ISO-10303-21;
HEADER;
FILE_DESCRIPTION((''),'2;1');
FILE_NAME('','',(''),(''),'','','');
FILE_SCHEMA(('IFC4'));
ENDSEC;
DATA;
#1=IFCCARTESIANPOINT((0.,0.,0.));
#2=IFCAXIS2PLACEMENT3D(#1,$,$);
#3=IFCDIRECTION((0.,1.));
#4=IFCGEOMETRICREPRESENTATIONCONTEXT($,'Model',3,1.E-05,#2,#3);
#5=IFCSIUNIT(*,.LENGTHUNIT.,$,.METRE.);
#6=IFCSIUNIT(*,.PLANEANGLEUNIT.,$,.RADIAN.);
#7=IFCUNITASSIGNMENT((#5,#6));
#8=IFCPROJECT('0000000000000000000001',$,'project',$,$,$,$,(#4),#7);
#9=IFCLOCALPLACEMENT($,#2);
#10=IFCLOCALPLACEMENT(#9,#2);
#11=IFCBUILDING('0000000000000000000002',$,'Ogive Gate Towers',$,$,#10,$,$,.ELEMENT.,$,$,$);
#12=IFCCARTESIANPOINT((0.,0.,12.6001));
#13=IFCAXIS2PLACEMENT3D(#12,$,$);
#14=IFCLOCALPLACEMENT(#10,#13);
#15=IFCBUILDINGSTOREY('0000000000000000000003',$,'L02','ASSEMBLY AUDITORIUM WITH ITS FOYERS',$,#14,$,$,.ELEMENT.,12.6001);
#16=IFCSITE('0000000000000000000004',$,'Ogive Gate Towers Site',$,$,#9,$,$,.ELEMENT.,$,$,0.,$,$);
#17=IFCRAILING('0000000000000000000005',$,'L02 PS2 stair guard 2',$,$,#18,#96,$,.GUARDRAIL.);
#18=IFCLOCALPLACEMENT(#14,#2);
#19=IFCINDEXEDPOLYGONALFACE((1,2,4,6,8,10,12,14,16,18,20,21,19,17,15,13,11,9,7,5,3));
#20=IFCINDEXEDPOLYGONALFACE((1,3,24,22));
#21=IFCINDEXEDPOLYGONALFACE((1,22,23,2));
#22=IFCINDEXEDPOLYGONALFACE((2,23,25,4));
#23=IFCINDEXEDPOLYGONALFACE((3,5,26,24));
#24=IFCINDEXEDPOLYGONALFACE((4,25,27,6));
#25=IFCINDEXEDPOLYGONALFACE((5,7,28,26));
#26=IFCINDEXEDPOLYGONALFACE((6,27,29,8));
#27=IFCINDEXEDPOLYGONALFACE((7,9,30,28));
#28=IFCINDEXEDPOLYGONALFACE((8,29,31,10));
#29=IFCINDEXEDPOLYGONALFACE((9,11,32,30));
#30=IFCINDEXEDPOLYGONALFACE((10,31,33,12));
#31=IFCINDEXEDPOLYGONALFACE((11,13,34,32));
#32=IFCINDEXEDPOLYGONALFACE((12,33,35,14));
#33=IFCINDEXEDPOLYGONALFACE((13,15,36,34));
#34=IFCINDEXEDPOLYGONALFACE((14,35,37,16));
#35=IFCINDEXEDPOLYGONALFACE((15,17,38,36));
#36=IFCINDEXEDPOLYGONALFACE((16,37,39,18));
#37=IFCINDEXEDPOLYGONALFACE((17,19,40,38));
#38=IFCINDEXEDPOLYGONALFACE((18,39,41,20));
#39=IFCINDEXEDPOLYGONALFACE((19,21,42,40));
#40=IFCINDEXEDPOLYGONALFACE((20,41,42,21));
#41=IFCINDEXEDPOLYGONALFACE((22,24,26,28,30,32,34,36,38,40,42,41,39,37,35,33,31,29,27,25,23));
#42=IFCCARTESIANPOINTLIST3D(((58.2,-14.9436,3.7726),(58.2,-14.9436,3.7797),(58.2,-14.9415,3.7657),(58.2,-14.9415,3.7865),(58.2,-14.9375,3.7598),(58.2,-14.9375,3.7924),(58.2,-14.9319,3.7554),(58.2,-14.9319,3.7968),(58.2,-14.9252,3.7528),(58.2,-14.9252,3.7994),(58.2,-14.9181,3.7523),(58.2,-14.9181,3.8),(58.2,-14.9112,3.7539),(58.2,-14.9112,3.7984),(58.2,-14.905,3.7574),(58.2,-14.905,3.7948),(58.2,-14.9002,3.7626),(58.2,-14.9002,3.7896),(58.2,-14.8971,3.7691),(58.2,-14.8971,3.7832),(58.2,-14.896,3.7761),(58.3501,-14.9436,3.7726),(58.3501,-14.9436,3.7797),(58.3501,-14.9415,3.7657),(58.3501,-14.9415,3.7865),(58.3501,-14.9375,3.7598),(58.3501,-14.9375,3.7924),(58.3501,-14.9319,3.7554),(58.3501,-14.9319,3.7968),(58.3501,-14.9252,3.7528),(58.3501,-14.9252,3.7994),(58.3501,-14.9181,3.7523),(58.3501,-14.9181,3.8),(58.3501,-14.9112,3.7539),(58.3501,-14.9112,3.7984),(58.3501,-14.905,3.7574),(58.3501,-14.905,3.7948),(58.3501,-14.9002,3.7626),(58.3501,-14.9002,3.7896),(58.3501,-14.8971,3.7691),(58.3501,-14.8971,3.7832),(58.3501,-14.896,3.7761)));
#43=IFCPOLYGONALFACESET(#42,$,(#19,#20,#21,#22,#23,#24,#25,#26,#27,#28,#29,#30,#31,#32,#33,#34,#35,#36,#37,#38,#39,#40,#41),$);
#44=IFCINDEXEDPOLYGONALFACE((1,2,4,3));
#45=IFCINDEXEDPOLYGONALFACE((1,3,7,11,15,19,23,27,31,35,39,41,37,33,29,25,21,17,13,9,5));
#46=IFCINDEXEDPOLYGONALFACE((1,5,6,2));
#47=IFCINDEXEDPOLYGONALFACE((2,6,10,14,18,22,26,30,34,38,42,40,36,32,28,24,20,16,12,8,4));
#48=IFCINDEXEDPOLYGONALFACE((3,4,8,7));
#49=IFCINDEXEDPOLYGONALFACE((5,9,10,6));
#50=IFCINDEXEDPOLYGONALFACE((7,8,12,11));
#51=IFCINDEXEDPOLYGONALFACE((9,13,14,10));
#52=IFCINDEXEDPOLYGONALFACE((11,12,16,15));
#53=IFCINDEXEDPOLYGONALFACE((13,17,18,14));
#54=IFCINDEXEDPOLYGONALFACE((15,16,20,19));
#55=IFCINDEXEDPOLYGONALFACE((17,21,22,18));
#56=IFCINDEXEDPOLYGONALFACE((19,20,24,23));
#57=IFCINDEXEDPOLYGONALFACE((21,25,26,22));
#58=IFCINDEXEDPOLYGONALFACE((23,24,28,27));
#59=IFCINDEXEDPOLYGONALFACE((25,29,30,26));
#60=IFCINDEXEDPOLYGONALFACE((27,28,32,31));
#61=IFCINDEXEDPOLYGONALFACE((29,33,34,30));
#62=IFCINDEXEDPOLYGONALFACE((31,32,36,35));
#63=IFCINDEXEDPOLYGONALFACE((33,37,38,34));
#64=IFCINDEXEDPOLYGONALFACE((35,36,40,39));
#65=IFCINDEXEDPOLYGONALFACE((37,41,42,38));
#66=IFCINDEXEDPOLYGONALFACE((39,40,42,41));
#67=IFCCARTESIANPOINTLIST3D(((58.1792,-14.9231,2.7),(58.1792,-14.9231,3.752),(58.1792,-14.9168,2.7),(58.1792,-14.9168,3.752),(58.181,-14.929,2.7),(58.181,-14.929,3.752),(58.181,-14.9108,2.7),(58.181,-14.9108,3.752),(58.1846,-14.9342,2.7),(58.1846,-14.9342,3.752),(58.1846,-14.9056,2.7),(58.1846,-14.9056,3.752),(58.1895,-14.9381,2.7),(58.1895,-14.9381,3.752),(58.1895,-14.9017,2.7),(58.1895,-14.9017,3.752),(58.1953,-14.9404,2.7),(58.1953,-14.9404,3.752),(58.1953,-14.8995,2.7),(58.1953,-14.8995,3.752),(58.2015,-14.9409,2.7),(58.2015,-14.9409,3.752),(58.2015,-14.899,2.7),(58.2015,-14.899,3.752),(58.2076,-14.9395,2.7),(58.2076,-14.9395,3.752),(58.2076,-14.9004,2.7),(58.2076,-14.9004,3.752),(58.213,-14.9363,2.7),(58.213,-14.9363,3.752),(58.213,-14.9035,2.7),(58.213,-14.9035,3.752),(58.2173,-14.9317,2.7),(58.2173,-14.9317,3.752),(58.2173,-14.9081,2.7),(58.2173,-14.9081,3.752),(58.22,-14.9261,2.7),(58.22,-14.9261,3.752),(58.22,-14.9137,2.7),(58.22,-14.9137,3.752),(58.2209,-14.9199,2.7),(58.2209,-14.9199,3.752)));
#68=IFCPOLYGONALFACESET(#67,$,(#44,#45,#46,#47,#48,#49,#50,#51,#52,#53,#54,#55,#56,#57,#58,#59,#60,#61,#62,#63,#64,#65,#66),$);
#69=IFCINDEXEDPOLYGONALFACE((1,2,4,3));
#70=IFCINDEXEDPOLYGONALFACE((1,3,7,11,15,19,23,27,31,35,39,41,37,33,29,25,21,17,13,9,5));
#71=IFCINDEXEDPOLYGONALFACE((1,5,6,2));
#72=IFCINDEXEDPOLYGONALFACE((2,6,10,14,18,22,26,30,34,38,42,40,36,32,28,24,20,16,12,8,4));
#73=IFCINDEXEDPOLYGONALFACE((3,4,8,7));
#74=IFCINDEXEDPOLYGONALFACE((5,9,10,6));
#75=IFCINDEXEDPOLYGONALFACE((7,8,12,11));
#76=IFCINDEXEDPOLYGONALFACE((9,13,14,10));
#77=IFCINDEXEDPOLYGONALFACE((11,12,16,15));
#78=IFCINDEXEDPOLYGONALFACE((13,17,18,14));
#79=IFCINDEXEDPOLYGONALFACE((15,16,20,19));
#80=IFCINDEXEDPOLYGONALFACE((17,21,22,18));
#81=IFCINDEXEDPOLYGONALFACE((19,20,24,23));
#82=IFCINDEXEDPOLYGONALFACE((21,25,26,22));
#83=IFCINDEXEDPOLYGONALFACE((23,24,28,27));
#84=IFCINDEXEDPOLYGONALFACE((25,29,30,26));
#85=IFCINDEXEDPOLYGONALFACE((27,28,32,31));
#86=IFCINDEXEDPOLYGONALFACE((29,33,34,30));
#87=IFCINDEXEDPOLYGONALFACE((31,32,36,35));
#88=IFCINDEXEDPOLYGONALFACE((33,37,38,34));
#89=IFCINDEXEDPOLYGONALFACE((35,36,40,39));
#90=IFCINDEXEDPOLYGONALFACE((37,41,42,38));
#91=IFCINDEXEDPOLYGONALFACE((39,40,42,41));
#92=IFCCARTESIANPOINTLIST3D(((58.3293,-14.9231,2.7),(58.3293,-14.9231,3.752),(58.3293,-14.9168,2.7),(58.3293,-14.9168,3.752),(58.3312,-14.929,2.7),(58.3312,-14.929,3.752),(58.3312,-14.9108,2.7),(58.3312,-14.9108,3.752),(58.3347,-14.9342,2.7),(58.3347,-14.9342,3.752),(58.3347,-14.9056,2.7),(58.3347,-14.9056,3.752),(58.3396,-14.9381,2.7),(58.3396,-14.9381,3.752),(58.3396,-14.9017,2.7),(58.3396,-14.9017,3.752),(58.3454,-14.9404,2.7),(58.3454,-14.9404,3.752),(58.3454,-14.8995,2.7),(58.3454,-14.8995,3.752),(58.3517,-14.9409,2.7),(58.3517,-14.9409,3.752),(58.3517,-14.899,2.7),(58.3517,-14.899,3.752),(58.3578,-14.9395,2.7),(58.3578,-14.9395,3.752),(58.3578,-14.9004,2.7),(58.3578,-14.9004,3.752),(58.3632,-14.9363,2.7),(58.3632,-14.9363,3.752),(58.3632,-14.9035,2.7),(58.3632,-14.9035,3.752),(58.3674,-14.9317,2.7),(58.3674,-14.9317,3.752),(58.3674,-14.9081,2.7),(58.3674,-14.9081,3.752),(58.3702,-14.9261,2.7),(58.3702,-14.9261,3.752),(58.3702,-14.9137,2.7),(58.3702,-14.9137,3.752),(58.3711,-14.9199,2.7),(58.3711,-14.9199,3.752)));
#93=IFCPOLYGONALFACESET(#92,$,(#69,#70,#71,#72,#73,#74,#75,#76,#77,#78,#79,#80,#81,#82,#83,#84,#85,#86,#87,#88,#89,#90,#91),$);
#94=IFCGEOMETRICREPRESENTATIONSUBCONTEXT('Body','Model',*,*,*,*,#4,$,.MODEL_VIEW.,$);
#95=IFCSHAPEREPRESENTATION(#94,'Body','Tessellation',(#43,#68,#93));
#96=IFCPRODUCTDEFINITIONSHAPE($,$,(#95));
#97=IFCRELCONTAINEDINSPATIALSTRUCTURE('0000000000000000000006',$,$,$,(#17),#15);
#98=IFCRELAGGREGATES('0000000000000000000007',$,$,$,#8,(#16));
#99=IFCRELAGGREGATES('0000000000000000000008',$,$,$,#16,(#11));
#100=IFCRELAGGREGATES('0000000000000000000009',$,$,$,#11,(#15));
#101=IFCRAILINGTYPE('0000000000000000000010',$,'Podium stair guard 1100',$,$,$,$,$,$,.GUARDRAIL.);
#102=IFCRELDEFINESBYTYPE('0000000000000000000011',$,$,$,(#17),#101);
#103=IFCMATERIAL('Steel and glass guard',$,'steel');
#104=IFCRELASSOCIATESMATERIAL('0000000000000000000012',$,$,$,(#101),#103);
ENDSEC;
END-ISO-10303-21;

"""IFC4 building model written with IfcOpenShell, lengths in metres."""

from ifc_helpers import new_model, si_unit, direction, frame, origin, origin_2d, place, context, subcontext, project, spatial, circle, extrude, material, type_object, element, save


model = new_model("IFC4")

# Units and contexts
model_context = context("Model", 3, precision=1e-05, world=origin(), true_north=direction((0.0, 1.0)))
body_context = subcontext(model_context, "Body", "Model", "MODEL_VIEW")
ifc_project = project(units=[si_unit("LENGTHUNIT", "METRE"), si_unit("PLANEANGLEUNIT", "RADIAN")], contexts=[model_context])

# Site, building, storey
site_placement = place(None, origin())
site = spatial("IfcSite", under=ifc_project, at=site_placement, Name="Ogive Gate Towers Site", CompositionType="ELEMENT", RefElevation=0.0)
building_placement = place(site_placement, origin())
building = spatial("IfcBuilding", under=site, at=building_placement, Name="Ogive Gate Towers", CompositionType="ELEMENT")
storey_placement = place(building_placement, frame((0.0, 0.0, 12.6001)))
storey = spatial("IfcBuildingStorey", under=building, at=storey_placement, Name="L02", Description="ASSEMBLY AUDITORIUM WITH ITS FOYERS", CompositionType="ELEMENT", Elevation=12.6001)

# Railing
ifc_material_1 = material(Name="Steel and glass guard", Category="steel")
railing_type_1 = type_object("IfcRailingType", Name="Podium stair guard 1100", PredefinedType="GUARDRAIL", material=ifc_material_1)
railing_1_placement = place(storey_placement, frame((58.2, -14.9199, 2.7)))
element("IfcRailing", 1, at=railing_1_placement, inside=storey, type_object=railing_type_1, Name="L02 PS2 stair guard 2", PredefinedType="GUARDRAIL", context=body_context, shape_type="SweptSolid", body=[
    extrude(circle(Radius=0.0239, at=origin_2d()), frame((0.0, 0.0, 1.0762), z_axis=(1.0, 0.0, 0.0), x_axis=(0.0, 1.0, 0.0)), (0.0, 0.0, 1.0), 0.1501),
    extrude(circle(Radius=0.021, at=origin_2d()), origin(), (0.0, 0.0, 1.0), 1.052),
    extrude(circle(Radius=0.021, at=origin_2d()), frame((0.1501, 0.0, 0.0)), (0.0, 0.0, 1.0), 1.052),
])

save(model, "model.ifc")
